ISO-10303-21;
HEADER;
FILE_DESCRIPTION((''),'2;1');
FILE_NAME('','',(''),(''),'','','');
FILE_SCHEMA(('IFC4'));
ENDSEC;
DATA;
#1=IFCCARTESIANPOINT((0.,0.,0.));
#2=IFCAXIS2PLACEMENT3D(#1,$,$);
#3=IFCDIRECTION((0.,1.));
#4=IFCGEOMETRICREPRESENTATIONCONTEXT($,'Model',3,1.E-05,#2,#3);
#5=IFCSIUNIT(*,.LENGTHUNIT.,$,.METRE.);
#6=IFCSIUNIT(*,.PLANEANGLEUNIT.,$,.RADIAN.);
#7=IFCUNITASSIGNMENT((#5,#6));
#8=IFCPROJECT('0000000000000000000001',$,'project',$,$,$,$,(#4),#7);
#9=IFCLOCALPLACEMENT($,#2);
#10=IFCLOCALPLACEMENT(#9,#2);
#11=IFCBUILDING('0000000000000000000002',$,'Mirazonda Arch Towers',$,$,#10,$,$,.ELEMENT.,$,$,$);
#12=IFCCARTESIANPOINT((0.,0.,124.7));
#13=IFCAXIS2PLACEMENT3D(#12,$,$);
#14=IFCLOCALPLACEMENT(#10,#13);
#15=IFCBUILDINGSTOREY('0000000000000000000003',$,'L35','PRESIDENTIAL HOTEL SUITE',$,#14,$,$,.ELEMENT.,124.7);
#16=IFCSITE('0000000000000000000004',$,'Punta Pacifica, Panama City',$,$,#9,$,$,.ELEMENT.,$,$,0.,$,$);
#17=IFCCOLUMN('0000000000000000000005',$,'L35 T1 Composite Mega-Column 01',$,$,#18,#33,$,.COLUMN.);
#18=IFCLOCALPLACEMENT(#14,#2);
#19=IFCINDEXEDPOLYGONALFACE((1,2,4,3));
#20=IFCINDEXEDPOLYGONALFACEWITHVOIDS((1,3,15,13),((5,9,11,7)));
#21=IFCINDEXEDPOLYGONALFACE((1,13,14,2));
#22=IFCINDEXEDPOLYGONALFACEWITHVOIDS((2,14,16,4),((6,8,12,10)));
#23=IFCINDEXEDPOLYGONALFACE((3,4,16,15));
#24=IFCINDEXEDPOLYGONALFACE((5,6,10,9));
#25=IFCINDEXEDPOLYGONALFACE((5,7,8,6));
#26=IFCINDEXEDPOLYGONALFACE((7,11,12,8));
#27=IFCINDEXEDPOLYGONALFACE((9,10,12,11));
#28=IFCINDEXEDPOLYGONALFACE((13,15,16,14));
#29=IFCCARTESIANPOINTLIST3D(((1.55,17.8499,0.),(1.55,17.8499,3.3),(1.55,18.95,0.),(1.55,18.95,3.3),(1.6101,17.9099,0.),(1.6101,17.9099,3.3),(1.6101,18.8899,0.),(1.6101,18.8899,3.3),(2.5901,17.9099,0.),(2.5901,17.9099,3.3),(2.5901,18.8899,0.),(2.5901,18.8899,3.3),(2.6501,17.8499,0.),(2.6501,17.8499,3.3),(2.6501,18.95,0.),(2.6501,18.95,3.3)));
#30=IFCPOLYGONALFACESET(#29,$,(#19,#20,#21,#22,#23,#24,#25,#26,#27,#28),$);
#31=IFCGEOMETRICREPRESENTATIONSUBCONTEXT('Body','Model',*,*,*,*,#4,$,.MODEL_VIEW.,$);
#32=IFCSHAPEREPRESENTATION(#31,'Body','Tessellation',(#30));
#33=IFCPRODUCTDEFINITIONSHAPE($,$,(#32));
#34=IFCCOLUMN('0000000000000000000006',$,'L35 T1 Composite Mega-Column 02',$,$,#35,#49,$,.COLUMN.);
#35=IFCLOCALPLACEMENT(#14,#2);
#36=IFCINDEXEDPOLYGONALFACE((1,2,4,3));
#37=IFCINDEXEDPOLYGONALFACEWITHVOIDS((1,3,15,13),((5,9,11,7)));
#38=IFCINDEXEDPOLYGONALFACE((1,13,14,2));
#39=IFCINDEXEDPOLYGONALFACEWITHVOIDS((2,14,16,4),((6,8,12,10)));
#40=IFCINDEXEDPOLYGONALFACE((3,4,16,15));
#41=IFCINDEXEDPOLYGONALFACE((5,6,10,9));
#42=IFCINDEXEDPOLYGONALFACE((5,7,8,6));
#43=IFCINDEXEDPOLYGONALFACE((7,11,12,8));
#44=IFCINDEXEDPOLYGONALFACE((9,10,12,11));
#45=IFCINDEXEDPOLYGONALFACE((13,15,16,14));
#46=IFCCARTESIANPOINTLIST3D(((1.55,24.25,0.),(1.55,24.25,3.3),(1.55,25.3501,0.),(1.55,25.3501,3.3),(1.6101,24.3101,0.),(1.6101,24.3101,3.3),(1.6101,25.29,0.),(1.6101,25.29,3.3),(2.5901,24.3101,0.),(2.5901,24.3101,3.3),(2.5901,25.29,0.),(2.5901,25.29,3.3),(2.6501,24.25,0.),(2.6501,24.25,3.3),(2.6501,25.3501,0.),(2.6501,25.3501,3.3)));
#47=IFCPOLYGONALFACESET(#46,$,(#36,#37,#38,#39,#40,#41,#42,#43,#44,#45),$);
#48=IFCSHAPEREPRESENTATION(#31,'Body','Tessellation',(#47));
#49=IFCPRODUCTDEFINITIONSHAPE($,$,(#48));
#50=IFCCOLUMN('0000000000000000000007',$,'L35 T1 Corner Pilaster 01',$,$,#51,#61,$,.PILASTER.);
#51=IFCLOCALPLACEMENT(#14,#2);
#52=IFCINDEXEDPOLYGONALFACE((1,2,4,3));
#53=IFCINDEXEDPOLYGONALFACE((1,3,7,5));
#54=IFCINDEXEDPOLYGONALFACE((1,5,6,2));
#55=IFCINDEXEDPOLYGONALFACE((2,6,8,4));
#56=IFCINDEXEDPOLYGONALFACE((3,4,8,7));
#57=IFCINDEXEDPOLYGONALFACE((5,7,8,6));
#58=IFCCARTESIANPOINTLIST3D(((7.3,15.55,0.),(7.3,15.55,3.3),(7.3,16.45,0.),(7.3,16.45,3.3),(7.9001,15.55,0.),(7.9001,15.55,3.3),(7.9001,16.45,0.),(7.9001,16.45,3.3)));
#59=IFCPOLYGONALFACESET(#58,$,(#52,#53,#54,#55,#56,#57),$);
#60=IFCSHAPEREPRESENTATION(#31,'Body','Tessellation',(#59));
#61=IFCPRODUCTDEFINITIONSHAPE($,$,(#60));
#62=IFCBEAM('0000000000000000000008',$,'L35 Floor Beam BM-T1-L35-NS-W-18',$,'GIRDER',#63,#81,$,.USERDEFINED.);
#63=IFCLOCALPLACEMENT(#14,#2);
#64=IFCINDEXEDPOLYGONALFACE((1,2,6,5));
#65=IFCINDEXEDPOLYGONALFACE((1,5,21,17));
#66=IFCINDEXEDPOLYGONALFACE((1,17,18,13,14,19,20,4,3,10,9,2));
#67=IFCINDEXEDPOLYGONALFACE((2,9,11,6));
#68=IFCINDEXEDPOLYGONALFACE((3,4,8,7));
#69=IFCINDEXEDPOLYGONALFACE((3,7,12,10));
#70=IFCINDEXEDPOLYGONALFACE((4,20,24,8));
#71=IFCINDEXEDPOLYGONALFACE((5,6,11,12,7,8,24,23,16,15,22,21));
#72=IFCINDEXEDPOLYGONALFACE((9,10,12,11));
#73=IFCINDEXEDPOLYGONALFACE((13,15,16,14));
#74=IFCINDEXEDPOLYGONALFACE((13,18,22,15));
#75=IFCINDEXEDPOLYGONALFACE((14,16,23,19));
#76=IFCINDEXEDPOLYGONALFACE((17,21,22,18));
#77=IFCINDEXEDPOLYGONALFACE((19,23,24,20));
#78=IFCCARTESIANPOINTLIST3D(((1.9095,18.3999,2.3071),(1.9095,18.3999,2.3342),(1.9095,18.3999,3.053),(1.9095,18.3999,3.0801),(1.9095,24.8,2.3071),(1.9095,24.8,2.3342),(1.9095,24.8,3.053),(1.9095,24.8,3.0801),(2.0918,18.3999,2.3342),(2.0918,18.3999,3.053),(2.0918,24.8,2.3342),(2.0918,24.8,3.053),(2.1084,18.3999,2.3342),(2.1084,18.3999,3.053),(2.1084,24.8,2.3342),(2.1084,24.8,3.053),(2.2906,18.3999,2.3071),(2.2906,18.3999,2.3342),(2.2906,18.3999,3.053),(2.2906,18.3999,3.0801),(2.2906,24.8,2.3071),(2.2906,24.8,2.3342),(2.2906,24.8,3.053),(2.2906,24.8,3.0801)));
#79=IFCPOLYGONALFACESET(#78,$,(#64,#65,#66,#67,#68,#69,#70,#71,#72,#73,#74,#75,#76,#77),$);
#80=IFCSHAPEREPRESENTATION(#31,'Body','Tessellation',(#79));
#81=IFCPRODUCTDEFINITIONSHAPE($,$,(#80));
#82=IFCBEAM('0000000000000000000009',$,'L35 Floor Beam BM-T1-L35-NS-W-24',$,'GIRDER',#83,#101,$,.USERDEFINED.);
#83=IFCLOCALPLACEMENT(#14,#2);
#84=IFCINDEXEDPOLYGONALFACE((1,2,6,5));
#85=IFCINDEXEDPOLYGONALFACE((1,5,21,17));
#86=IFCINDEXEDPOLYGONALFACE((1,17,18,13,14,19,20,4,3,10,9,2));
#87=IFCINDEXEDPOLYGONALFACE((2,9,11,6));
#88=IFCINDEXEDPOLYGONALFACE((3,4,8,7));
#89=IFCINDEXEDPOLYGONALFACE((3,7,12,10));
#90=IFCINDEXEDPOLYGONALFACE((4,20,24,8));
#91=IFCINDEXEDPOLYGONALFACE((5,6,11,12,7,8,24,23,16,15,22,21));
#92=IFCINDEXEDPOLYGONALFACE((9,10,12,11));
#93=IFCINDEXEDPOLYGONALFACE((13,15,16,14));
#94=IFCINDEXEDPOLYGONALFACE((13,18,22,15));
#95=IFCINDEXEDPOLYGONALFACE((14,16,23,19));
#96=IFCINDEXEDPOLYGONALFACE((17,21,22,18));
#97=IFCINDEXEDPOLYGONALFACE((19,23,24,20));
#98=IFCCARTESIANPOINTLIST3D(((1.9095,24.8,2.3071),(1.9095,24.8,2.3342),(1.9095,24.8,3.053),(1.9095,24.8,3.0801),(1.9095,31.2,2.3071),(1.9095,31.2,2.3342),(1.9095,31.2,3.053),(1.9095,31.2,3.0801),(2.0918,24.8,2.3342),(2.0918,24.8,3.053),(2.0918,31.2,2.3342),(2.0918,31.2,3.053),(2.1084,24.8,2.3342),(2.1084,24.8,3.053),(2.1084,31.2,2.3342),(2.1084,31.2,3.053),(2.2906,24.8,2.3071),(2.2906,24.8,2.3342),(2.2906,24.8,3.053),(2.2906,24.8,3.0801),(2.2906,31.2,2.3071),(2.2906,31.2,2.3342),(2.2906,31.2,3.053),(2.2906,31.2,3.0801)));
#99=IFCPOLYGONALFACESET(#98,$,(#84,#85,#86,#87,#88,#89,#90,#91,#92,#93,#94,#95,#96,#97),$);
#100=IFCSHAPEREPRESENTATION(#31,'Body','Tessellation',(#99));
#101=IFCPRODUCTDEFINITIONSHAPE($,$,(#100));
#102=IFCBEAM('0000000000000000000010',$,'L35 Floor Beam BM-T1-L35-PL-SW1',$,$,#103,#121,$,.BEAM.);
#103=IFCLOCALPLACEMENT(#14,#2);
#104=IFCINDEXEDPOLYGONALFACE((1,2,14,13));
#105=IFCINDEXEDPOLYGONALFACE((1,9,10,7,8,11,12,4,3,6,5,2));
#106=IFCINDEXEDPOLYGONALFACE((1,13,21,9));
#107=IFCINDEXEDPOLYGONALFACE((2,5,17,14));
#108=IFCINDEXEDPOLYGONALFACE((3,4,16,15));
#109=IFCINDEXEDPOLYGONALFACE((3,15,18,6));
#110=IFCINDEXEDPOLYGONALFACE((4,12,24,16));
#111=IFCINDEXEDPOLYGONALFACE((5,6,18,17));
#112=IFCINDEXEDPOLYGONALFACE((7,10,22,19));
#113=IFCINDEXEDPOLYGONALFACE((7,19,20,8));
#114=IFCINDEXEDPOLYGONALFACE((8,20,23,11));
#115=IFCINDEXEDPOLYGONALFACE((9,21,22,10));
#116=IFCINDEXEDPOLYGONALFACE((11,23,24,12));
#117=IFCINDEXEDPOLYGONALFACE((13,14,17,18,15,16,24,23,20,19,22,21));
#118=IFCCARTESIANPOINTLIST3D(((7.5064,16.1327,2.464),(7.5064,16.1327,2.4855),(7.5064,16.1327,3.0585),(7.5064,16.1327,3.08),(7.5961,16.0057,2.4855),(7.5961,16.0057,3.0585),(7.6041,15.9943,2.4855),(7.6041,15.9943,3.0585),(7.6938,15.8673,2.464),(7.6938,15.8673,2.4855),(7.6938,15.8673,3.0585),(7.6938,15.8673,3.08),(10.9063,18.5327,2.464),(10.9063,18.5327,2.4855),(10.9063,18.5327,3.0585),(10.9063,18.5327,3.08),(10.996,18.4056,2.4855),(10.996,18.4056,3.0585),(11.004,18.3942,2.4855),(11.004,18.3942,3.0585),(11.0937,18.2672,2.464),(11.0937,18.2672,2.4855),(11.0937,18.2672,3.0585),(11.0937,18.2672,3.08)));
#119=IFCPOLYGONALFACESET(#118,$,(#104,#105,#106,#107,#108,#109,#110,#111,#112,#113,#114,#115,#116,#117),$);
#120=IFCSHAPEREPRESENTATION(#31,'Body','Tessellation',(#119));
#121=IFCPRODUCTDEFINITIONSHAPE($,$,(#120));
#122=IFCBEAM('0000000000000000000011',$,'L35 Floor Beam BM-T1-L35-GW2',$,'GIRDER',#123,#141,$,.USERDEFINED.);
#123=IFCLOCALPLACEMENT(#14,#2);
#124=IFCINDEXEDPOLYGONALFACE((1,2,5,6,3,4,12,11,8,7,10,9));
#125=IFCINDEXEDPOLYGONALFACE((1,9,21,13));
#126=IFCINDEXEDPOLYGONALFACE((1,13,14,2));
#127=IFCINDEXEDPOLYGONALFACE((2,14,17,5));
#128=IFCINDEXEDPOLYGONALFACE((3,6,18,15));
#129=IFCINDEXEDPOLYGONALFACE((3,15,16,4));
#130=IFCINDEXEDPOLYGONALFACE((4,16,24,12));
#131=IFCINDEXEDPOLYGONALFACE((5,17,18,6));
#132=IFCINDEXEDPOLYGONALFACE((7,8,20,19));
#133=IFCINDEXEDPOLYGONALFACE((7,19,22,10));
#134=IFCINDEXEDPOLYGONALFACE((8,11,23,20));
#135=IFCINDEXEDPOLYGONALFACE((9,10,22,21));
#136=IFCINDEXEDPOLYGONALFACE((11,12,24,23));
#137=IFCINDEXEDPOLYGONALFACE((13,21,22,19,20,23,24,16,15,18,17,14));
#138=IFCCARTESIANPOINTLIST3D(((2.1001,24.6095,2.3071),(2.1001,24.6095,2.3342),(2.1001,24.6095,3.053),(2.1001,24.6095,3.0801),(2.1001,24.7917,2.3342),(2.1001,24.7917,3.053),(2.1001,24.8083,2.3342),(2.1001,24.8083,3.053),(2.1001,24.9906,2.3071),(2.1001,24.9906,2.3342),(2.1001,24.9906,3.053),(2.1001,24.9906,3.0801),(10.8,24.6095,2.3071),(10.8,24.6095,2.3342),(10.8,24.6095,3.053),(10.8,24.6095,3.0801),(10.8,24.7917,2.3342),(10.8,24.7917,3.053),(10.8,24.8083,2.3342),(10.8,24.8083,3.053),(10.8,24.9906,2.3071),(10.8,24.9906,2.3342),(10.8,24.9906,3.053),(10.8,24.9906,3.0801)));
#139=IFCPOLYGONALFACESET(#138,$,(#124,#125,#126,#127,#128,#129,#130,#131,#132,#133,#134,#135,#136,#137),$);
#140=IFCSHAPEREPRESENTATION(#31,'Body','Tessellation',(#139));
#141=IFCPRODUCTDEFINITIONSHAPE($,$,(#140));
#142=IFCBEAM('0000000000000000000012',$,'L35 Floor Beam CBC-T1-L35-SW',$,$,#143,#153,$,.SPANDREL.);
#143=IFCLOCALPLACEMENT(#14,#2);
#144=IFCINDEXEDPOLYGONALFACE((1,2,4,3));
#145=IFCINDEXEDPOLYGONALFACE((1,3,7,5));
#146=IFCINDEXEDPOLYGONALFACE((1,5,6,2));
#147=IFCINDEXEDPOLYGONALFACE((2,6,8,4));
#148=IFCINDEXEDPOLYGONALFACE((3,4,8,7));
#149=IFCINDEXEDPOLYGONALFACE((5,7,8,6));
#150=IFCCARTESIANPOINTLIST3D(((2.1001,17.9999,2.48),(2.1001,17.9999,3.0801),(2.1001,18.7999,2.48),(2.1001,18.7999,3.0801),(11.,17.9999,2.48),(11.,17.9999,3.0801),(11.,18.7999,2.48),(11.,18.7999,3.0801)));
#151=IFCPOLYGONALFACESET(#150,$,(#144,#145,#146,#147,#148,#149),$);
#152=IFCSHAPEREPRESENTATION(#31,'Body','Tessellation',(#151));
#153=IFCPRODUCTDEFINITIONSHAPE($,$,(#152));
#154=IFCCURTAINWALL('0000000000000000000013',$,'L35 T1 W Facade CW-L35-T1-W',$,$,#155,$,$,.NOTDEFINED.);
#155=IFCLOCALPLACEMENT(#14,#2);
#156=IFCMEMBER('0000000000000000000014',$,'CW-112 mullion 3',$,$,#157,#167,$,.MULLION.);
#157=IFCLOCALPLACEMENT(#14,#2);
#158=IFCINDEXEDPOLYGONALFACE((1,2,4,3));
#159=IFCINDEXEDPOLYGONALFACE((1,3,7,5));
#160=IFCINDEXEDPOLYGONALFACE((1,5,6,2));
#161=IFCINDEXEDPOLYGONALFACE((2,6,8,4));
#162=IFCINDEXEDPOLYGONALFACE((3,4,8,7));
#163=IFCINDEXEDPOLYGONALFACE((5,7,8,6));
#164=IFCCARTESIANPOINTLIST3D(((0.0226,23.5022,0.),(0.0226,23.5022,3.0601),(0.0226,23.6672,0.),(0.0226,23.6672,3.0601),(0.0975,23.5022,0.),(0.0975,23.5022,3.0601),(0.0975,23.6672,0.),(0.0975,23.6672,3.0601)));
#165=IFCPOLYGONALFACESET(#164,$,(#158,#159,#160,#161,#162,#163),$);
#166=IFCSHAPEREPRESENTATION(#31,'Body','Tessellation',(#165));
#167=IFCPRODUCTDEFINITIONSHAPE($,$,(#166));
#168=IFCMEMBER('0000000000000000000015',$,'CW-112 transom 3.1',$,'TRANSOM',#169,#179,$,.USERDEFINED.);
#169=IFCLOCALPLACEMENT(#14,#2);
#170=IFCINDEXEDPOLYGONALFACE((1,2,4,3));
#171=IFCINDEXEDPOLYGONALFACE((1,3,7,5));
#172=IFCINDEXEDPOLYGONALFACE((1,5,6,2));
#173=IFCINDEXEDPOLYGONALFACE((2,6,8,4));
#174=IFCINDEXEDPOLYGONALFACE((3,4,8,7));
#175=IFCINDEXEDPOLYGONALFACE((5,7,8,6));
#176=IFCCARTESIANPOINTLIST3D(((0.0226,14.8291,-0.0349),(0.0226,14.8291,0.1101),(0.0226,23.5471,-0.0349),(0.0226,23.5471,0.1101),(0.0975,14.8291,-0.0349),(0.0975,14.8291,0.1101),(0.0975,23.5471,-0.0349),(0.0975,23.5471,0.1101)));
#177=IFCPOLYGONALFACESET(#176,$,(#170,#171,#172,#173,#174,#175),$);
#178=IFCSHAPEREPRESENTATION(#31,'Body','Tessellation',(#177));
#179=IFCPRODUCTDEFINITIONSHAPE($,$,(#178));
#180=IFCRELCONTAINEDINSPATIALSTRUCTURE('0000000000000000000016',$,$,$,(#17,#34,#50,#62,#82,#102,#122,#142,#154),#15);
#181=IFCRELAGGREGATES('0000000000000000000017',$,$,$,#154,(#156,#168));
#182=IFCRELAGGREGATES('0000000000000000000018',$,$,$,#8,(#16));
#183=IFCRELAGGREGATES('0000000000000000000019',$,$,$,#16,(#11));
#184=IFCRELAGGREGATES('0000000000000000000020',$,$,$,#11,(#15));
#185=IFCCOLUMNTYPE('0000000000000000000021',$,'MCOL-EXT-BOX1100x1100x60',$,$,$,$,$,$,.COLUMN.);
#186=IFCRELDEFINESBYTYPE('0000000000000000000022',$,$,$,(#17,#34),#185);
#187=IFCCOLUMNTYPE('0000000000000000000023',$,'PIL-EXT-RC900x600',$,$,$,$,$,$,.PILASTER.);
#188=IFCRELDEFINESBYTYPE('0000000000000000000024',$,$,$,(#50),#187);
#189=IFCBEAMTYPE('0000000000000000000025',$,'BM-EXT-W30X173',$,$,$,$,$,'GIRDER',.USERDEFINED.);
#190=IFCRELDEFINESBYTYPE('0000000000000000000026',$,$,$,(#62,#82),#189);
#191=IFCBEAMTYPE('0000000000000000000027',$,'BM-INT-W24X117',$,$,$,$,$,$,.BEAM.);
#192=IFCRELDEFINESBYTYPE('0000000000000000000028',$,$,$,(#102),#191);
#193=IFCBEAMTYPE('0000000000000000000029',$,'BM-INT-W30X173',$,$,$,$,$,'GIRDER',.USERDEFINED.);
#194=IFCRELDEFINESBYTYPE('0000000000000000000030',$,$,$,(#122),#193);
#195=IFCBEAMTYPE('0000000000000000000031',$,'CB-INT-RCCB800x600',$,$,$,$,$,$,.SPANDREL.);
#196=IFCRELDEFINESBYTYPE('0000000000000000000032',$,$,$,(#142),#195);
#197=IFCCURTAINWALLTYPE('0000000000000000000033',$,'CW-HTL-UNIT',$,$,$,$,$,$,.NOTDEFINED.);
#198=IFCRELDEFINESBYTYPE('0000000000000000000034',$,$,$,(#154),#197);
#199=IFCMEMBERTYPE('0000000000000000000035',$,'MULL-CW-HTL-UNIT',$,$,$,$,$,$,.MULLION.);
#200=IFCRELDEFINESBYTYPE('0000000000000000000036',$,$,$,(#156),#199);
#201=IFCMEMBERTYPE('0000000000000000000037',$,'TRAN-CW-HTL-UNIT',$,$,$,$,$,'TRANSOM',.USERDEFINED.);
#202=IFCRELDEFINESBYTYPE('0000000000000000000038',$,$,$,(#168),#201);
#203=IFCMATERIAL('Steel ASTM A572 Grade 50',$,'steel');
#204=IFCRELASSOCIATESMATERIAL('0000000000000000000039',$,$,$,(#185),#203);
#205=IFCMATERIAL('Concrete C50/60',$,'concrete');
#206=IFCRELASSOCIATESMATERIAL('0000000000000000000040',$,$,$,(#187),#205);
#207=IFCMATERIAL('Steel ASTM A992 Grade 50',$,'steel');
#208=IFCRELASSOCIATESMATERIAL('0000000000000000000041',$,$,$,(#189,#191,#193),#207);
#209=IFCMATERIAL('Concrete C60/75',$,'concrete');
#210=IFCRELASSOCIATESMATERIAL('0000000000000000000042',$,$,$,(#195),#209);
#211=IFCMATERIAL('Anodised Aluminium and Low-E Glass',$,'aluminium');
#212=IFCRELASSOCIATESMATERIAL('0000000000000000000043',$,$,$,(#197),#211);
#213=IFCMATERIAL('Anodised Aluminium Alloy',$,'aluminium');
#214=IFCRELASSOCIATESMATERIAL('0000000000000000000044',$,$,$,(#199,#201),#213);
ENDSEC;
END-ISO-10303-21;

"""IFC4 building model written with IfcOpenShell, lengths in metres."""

from ifc_helpers import new_model, si_unit, direction, frame, origin, origin_2d, place, context, subcontext, project, spatial, rectangle, hollow_rectangle, i_section, extrude, material, material_profile, profile_set, type_object, element, aggregate, save


model = new_model("IFC4")

# Units and contexts
model_context = context("Model", 3, precision=1e-05, world=origin(), true_north=direction((0.0, 1.0)))
body_context = subcontext(model_context, "Body", "Model", "MODEL_VIEW")
ifc_project = project(units=[si_unit("LENGTHUNIT", "METRE"), si_unit("PLANEANGLEUNIT", "RADIAN")], contexts=[model_context])

# Site, building, storey
site_placement = place(None, origin())
site = spatial("IfcSite", under=ifc_project, at=site_placement, Name="Punta Pacifica, Panama City", CompositionType="ELEMENT", RefElevation=0.0)
building_placement = place(site_placement, origin())
building = spatial("IfcBuilding", under=site, at=building_placement, Name="Mirazonda Arch Towers", CompositionType="ELEMENT")
storey_placement = place(building_placement, frame((0.0, 0.0, 124.7)))
storey = spatial("IfcBuildingStorey", under=building, at=storey_placement, Name="L35", Description="PRESIDENTIAL HOTEL SUITE", CompositionType="ELEMENT", Elevation=124.7)

# Columns
ifc_material_1 = material(Name="Steel ASTM A572 Grade 50", Category="steel")
ifc_material_profile_1 = material_profile(ifc_material_1, hollow_rectangle(XDim=1.1001, YDim=1.1001, WallThickness=0.0601, at=origin_2d()), Name="BOX1100x1100x60")
ifc_profile_set_1 = profile_set([ifc_material_profile_1], Name="Steel ASTM A572 Grade 50")
column_type_1 = type_object("IfcColumnType", Name="MCOL-EXT-BOX1100x1100x60", PredefinedType="COLUMN", material=ifc_profile_set_1)
for number, where, z_axis, x_axis, name in (
    (1, (2.1001, 18.3999, 0.0), (0.0, 0.0, 1.0), (1.0, 0.0, 0.0), "L35 T1 Composite Mega-Column 01"),
    (2, (2.1001, 24.8, 0.0), (0.0, 0.0, 1.0), (1.0, 0.0, 0.0), "L35 T1 Composite Mega-Column 02"),
):
    element("IfcColumn", number, at=place(storey_placement, frame(where, z_axis=z_axis, x_axis=x_axis)), inside=storey, type_object=column_type_1, Name=name, PredefinedType="COLUMN", context=body_context, shape_type="SweptSolid", body=[
        extrude(hollow_rectangle(XDim=1.1001, YDim=1.1001, WallThickness=0.0601, at=origin_2d()), origin(), (0.0, 0.0, 1.0), 3.3),
    ])
ifc_material_2 = material(Name="Concrete C50/60", Category="concrete")
ifc_material_profile_2 = material_profile(ifc_material_2, rectangle(XDim=0.6001, YDim=0.8999, at=origin_2d()), Name="RC900x600")
ifc_profile_set_2 = profile_set([ifc_material_profile_2], Name="Concrete C50/60")
column_type_2 = type_object("IfcColumnType", Name="PIL-EXT-RC900x600", PredefinedType="PILASTER", material=ifc_profile_set_2)
column_placement = place(storey_placement, frame((7.6001, 16.0, 0.0), z_axis=(0.0, 0.0, 1.0), x_axis=(1.0, 0.0, 0.0)))
element("IfcColumn", 3, at=column_placement, inside=storey, type_object=column_type_2, Name="L35 T1 Corner Pilaster 01", PredefinedType="PILASTER", context=body_context, shape_type="SweptSolid", body=[
    extrude(rectangle(XDim=0.6001, YDim=0.8999, at=origin_2d()), origin(), (0.0, 0.0, 1.0), 3.3),
])

# Beams
ifc_material_3 = material(Name="Steel ASTM A992 Grade 50", Category="steel")
ifc_material_profile_3 = material_profile(ifc_material_3, i_section(OverallWidth=0.3811, OverallDepth=0.7729, WebThickness=0.0166, FlangeThickness=0.0271, at=origin_2d()), Name="W30X173")
ifc_profile_set_3 = profile_set([ifc_material_profile_3], Name="Steel ASTM A992 Grade 50")
beam_type_1 = type_object("IfcBeamType", Name="BM-EXT-W30X173", ElementType="GIRDER", PredefinedType="USERDEFINED", material=ifc_profile_set_3)
beam_1_placement = place(storey_placement, frame((2.1001, 18.3999, 2.6936), z_axis=(0.0, 1.0, 0.0), x_axis=(-1.0, 0.0, 0.0)))
element("IfcBeam", 4, at=beam_1_placement, inside=storey, type_object=beam_type_1, Name="L35 Floor Beam BM-T1-L35-NS-W-18", ObjectType="GIRDER", PredefinedType="USERDEFINED", context=body_context, shape_type="SweptSolid", body=[
    extrude(i_section(OverallWidth=0.3811, OverallDepth=0.7729, WebThickness=0.0166, FlangeThickness=0.0271, at=origin_2d()), origin(), (0.0, 0.0, 1.0), 6.4001),
])
beam_2_placement = place(storey_placement, frame((2.1001, 24.8, 2.6936), z_axis=(0.0, 1.0, 0.0), x_axis=(-1.0, 0.0, 0.0)))
element("IfcBeam", 5, at=beam_2_placement, inside=storey, type_object=beam_type_1, Name="L35 Floor Beam BM-T1-L35-NS-W-24", ObjectType="GIRDER", PredefinedType="USERDEFINED", context=body_context, shape_type="SweptSolid", body=[
    extrude(i_section(OverallWidth=0.3811, OverallDepth=0.7729, WebThickness=0.0166, FlangeThickness=0.0271, at=origin_2d()), origin(), (0.0, 0.0, 1.0), 6.3999),
])
ifc_material_profile_4 = material_profile(ifc_material_3, i_section(OverallWidth=0.325, OverallDepth=0.616, WebThickness=0.0139, FlangeThickness=0.0215, at=origin_2d()), Name="W24X117")
ifc_profile_set_4 = profile_set([ifc_material_profile_4], Name="Steel ASTM A992 Grade 50")
beam_type_2 = type_object("IfcBeamType", Name="BM-INT-W24X117", PredefinedType="BEAM", material=ifc_profile_set_4)
beam_3_placement = place(storey_placement, frame((7.6001, 16.0, 2.772), z_axis=(0.816971, 0.576679, 0.0), x_axis=(-0.576679, 0.816971, 0.0)))
element("IfcBeam", 6, at=beam_3_placement, inside=storey, type_object=beam_type_2, Name="L35 Floor Beam BM-T1-L35-PL-SW1", PredefinedType="BEAM", context=body_context, shape_type="SweptSolid", body=[
    extrude(i_section(OverallWidth=0.325, OverallDepth=0.616, WebThickness=0.0139, FlangeThickness=0.0215, at=origin_2d()), origin(), (0.0, 0.0, 1.0), 4.1616),
])
ifc_material_profile_5 = material_profile(ifc_material_3, i_section(OverallWidth=0.3811, OverallDepth=0.7729, WebThickness=0.0166, FlangeThickness=0.0271, at=origin_2d()), Name="W30X173")
ifc_profile_set_5 = profile_set([ifc_material_profile_5], Name="Steel ASTM A992 Grade 50")
beam_type_3 = type_object("IfcBeamType", Name="BM-INT-W30X173", ElementType="GIRDER", PredefinedType="USERDEFINED", material=ifc_profile_set_5)
beam_4_placement = place(storey_placement, frame((2.1001, 24.8, 2.6936), z_axis=(1.0, 0.0, 0.0), x_axis=(0.0, 1.0, 0.0)))
element("IfcBeam", 7, at=beam_4_placement, inside=storey, type_object=beam_type_3, Name="L35 Floor Beam BM-T1-L35-GW2", ObjectType="GIRDER", PredefinedType="USERDEFINED", context=body_context, shape_type="SweptSolid", body=[
    extrude(i_section(OverallWidth=0.3811, OverallDepth=0.7729, WebThickness=0.0166, FlangeThickness=0.0271, at=origin_2d()), origin(), (0.0, 0.0, 1.0), 8.7),
])
ifc_material_4 = material(Name="Concrete C60/75", Category="concrete")
ifc_material_profile_6 = material_profile(ifc_material_4, rectangle(XDim=0.8, YDim=0.6001, at=origin_2d()), Name="RCCB800x600")
ifc_profile_set_6 = profile_set([ifc_material_profile_6], Name="Concrete C60/75")
beam_type_4 = type_object("IfcBeamType", Name="CB-INT-RCCB800x600", PredefinedType="SPANDREL", material=ifc_profile_set_6)
beam_5_placement = place(storey_placement, frame((2.1001, 18.3999, 2.78), z_axis=(1.0, 0.0, 0.0), x_axis=(0.0, 1.0, 0.0)))
element("IfcBeam", 8, at=beam_5_placement, inside=storey, type_object=beam_type_4, Name="L35 Floor Beam CBC-T1-L35-SW", PredefinedType="SPANDREL", context=body_context, shape_type="SweptSolid", body=[
    extrude(rectangle(XDim=0.8, YDim=0.6001, at=origin_2d()), origin(), (0.0, 0.0, 1.0), 8.8999),
])

# Curtain wall, members
ifc_material_5 = material(Name="Anodised Aluminium and Low-E Glass", Category="aluminium")
curtain_wall_type = type_object("IfcCurtainWallType", Name="CW-HTL-UNIT", PredefinedType="NOTDEFINED", material=ifc_material_5)
curtain_wall_placement = place(storey_placement, origin())
curtain_wall = element("IfcCurtainWall", 9, at=curtain_wall_placement, inside=storey, type_object=curtain_wall_type, Name="L35 T1 W Facade CW-L35-T1-W", PredefinedType="NOTDEFINED")
ifc_material_6 = material(Name="Anodised Aluminium Alloy", Category="aluminium")
ifc_material_profile_7 = material_profile(ifc_material_6, rectangle(XDim=0.075, YDim=0.165, at=origin_2d()), Name="ALU-MULL-75x165")
ifc_profile_set_7 = profile_set([ifc_material_profile_7], Name="Anodised Aluminium Alloy")
member_type_1 = type_object("IfcMemberType", Name="MULL-CW-HTL-UNIT", PredefinedType="MULLION", material=ifc_profile_set_7)
member_1_placement = place(storey_placement, frame((0.0601, 23.5847, 0.0), z_axis=(0.0, 0.0, 1.0), x_axis=(1.0, 0.0, 0.0)))
member_1 = element("IfcMember", 10, at=member_1_placement, type_object=member_type_1, Name="CW-112 mullion 3", PredefinedType="MULLION", context=body_context, shape_type="SweptSolid", body=[
    extrude(rectangle(XDim=0.075, YDim=0.165, at=origin_2d()), origin(), (0.0, 0.0, 1.0), 3.0601),
])
ifc_material_profile_8 = material_profile(ifc_material_6, rectangle(XDim=0.075, YDim=0.145, at=origin_2d()), Name="ALU-TRAN-75x145")
ifc_profile_set_8 = profile_set([ifc_material_profile_8], Name="Anodised Aluminium Alloy")
member_type_2 = type_object("IfcMemberType", Name="TRAN-CW-HTL-UNIT", ElementType="TRANSOM", PredefinedType="USERDEFINED", material=ifc_profile_set_8)
member_2_placement = place(storey_placement, frame((0.0601, 23.5471, 0.0376), z_axis=(0.0, -1.0, 0.0), x_axis=(1.0, 0.0, 0.0)))
member_2 = element("IfcMember", 11, at=member_2_placement, type_object=member_type_2, Name="CW-112 transom 3.1", ObjectType="TRANSOM", PredefinedType="USERDEFINED", context=body_context, shape_type="SweptSolid", body=[
    extrude(rectangle(XDim=0.075, YDim=0.145, at=origin_2d()), origin(), (0.0, 0.0, 1.0), 8.718),
])
aggregate(curtain_wall, [member_1, member_2])

save(model, "model.ifc")
